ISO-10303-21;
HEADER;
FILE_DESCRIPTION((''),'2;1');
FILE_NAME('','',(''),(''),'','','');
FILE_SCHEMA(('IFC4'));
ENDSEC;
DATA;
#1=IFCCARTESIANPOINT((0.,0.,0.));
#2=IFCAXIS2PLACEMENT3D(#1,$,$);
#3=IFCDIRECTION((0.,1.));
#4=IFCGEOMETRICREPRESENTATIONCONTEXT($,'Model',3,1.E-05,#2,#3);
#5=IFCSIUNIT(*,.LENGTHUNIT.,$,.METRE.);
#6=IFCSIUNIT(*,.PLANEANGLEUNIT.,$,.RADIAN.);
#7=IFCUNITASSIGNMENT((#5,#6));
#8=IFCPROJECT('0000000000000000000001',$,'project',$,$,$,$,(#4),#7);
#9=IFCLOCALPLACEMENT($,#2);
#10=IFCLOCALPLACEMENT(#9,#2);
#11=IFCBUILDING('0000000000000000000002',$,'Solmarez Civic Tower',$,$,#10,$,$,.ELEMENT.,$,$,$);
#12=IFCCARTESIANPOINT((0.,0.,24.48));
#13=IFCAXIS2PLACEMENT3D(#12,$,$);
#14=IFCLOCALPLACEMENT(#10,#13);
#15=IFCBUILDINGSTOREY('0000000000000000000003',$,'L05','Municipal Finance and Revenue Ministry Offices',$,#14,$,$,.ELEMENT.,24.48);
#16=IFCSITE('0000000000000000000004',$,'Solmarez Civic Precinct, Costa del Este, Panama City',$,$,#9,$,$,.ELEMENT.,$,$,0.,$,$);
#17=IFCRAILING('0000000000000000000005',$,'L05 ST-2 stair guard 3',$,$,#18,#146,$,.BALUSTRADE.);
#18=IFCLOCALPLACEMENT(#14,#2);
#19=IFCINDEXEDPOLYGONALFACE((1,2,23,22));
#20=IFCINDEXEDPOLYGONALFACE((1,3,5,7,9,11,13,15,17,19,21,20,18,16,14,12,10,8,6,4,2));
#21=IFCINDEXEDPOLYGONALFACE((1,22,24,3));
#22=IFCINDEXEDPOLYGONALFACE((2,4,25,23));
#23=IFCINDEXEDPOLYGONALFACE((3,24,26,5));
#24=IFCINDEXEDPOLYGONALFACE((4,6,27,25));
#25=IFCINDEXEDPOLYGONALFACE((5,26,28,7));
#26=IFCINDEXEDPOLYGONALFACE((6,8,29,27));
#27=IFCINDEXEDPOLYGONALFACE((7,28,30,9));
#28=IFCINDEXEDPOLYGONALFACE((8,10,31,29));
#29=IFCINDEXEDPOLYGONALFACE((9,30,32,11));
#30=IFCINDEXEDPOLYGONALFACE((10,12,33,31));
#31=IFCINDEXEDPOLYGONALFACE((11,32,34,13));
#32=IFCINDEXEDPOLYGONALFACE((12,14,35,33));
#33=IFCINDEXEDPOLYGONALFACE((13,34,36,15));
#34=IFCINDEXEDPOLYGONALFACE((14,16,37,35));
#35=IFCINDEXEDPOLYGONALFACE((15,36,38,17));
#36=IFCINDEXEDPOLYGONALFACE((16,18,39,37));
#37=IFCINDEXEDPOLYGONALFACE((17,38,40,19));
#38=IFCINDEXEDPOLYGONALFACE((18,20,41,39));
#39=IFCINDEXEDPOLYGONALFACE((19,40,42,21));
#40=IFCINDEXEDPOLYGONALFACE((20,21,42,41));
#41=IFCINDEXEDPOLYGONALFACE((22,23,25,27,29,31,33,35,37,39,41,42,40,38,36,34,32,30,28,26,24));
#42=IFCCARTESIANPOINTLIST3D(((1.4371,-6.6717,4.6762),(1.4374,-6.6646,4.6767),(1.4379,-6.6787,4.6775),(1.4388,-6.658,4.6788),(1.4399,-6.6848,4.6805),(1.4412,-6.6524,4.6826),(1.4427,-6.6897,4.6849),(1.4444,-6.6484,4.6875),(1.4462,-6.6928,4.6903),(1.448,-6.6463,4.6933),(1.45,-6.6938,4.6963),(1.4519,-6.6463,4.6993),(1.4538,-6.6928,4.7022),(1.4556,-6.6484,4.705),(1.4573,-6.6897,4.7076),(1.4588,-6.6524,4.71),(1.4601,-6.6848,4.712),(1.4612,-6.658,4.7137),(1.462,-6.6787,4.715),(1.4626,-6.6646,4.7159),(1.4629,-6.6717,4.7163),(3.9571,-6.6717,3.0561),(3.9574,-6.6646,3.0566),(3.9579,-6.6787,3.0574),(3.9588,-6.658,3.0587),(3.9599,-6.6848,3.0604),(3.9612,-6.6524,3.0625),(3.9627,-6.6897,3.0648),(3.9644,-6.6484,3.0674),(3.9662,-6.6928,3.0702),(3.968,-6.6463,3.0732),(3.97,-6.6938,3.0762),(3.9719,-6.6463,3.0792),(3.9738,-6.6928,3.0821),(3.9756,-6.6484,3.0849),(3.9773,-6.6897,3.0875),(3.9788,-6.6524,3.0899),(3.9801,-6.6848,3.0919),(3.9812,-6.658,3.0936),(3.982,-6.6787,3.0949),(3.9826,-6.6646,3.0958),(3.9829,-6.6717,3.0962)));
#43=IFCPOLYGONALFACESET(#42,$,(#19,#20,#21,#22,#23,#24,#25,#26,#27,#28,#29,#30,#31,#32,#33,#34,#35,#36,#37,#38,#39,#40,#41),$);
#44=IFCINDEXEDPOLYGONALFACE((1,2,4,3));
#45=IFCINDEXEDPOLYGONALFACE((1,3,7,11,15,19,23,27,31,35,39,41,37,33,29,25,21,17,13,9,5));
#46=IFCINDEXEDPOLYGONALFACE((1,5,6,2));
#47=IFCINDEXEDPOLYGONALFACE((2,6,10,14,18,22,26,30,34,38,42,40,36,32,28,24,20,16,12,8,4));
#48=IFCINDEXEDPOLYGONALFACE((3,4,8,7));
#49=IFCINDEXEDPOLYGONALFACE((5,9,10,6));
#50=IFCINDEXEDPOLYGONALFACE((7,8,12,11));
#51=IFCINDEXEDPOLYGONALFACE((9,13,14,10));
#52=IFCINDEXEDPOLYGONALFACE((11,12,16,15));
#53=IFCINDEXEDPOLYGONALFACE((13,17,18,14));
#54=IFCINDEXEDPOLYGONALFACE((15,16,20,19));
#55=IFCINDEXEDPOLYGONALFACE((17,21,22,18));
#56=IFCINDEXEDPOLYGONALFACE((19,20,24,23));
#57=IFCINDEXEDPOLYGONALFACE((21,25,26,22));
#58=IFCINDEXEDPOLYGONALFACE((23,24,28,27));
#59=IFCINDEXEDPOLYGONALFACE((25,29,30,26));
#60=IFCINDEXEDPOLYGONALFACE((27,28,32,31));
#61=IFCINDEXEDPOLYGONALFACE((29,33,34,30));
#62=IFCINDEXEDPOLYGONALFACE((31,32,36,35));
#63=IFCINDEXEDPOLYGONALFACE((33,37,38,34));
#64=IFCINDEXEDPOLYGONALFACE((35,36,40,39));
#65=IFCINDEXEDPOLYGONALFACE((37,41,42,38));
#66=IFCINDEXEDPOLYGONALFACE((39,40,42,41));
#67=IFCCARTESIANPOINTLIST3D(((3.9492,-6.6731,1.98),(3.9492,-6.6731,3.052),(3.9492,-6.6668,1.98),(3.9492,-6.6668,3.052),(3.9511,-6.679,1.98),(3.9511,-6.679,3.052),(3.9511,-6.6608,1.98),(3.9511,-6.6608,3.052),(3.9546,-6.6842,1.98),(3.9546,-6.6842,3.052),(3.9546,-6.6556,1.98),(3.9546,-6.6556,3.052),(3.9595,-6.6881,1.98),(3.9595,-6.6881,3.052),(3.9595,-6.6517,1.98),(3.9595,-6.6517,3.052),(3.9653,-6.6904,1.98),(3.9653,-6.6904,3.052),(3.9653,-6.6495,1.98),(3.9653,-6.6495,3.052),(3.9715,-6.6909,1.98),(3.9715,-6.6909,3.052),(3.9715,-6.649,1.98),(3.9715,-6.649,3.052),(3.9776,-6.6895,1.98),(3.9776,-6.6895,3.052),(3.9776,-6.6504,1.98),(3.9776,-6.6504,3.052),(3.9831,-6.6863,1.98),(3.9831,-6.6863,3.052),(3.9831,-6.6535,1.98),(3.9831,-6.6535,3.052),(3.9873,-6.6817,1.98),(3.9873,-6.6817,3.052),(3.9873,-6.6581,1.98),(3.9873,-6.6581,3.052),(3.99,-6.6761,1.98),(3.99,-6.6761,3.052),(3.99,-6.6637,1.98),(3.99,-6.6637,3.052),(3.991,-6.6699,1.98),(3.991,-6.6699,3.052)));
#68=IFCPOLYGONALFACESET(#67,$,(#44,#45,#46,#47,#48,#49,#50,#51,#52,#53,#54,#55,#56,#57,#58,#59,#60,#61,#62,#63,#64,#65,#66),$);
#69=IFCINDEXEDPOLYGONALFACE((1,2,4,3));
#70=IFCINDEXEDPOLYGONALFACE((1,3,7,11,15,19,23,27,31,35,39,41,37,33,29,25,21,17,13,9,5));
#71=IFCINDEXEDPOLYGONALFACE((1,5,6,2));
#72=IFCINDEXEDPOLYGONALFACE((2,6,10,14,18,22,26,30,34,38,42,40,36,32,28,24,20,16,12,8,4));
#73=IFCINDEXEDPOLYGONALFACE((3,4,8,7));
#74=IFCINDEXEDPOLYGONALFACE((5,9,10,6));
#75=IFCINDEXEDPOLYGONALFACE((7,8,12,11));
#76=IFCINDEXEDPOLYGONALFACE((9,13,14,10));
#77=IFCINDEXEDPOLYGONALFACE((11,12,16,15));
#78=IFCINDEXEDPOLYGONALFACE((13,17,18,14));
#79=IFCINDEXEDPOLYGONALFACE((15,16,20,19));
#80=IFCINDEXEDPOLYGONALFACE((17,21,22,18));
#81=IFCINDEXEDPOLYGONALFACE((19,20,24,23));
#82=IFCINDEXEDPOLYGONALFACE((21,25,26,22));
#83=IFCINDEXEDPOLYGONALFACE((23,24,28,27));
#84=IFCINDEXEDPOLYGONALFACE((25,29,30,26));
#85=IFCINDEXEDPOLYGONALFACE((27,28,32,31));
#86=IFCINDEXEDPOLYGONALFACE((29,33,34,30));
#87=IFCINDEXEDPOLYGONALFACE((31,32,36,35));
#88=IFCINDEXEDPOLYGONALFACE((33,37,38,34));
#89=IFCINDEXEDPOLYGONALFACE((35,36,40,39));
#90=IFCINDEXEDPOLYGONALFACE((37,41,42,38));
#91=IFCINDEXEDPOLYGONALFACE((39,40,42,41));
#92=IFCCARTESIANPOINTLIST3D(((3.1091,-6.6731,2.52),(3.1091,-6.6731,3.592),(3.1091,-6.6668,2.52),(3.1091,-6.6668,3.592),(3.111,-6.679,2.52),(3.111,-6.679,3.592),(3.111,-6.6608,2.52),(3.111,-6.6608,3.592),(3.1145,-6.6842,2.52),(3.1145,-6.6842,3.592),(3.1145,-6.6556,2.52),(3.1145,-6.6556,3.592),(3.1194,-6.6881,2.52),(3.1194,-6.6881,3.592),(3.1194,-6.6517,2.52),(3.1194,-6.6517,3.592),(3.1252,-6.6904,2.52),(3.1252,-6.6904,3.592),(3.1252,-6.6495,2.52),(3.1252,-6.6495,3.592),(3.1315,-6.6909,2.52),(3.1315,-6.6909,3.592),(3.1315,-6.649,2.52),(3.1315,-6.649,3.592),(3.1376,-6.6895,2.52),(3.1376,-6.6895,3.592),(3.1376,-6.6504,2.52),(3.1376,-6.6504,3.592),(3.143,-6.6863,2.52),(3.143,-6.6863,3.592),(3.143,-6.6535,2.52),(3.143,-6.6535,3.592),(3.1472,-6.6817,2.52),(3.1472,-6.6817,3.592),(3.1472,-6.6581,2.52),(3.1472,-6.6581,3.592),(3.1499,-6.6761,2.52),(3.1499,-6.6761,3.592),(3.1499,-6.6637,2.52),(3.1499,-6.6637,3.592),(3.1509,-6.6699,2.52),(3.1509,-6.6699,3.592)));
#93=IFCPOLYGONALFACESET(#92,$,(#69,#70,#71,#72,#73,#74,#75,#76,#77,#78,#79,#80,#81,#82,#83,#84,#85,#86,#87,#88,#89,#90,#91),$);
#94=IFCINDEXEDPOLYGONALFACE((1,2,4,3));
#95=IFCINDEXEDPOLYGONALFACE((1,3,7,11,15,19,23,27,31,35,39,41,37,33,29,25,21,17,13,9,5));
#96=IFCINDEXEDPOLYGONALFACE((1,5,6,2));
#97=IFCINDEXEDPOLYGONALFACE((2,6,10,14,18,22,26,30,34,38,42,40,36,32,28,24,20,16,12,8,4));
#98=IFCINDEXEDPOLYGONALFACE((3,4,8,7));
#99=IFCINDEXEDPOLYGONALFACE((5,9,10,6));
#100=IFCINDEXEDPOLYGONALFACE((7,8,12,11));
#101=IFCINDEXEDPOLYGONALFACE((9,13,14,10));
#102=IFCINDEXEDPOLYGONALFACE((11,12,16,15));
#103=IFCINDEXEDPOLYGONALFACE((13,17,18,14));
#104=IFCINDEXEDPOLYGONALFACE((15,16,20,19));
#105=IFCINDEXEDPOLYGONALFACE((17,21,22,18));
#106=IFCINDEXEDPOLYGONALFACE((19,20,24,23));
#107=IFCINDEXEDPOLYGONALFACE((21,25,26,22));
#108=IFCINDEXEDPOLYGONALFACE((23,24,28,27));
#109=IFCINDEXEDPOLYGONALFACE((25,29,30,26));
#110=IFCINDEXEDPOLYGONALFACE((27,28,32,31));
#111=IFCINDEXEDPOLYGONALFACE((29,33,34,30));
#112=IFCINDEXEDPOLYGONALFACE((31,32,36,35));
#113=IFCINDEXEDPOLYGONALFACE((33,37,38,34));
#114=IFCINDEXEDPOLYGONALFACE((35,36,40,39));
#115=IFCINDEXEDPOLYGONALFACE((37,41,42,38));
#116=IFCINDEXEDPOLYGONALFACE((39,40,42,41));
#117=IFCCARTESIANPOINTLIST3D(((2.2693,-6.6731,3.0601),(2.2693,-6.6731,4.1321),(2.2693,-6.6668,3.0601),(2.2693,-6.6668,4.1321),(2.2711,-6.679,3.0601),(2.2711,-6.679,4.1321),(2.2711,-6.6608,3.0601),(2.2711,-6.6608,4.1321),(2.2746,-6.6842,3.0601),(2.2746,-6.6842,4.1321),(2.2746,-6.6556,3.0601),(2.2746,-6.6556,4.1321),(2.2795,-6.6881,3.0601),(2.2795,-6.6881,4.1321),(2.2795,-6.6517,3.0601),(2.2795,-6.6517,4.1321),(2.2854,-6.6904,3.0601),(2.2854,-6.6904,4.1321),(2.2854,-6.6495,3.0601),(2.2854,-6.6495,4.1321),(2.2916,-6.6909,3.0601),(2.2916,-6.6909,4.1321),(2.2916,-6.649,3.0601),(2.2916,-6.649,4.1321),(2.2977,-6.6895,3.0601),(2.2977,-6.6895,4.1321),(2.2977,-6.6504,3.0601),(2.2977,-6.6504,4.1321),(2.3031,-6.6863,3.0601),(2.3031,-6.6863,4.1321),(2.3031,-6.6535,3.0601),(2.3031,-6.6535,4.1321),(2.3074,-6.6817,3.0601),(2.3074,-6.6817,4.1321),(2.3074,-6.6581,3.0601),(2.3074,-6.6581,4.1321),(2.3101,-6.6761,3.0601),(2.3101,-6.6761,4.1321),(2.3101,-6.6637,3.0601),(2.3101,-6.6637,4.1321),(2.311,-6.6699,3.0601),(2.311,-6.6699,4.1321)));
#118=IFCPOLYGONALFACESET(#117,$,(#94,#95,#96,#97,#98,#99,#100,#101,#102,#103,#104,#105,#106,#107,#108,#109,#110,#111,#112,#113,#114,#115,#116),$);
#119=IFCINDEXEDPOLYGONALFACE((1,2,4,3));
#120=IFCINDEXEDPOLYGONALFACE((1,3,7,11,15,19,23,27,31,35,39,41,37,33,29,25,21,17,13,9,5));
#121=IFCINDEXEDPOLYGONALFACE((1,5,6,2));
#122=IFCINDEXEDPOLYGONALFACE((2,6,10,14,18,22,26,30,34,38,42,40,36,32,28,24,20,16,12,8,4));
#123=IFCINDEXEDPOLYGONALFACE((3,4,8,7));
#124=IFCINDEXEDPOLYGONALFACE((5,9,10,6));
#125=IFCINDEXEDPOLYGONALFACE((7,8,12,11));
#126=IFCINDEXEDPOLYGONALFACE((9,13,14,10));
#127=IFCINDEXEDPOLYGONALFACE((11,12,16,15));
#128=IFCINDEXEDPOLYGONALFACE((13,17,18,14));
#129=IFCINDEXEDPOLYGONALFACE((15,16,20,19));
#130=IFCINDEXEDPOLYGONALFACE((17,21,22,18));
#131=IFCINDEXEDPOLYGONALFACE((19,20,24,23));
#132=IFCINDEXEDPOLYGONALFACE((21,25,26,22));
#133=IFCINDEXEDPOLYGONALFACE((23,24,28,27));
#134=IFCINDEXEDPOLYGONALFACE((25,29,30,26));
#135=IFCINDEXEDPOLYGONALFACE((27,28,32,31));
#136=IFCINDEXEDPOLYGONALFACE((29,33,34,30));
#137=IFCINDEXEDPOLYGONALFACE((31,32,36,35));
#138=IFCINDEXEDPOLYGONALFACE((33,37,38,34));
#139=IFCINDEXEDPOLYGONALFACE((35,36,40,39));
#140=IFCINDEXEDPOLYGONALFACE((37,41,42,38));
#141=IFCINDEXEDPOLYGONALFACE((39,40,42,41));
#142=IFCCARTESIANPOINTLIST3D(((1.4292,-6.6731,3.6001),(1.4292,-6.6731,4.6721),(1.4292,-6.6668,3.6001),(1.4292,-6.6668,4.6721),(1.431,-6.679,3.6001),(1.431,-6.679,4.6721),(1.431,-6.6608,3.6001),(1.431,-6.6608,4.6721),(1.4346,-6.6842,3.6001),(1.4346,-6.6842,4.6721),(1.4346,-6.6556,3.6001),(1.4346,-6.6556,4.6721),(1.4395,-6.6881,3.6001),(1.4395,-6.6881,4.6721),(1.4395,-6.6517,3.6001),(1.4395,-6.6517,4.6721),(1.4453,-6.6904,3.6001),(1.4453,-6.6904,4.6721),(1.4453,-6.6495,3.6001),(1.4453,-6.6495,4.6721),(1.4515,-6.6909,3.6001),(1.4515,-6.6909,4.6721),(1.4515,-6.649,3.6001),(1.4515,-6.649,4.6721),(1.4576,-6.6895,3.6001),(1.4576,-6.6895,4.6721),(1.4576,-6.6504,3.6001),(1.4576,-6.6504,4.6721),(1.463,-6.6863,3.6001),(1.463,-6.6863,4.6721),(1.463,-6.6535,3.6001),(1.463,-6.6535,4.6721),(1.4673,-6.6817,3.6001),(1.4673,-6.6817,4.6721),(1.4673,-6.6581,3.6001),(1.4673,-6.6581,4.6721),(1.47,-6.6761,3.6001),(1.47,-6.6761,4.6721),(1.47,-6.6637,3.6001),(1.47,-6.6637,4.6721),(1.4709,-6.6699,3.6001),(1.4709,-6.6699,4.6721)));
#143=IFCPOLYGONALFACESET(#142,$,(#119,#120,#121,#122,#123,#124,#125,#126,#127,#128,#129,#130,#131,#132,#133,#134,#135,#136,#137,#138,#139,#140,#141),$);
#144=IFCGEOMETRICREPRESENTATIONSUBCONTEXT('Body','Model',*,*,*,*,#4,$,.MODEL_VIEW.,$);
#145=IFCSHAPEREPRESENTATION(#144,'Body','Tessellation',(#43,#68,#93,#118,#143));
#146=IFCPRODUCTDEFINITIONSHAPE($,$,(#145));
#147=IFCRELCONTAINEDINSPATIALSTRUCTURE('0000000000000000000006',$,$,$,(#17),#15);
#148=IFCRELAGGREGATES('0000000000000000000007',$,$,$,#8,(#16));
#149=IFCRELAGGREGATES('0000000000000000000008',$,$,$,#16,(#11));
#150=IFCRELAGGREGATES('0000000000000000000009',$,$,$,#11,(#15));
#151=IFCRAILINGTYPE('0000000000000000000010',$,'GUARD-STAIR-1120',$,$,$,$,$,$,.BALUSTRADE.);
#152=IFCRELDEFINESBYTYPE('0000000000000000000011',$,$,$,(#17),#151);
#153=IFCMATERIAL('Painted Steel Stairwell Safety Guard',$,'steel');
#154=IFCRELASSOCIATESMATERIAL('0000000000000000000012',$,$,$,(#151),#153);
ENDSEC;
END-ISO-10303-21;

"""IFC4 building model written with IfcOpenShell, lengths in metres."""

from ifc_helpers import new_model, si_unit, direction, frame, origin, origin_2d, place, context, subcontext, project, spatial, circle, extrude, material, type_object, element, save


model = new_model("IFC4")

# Units and contexts
model_context = context("Model", 3, precision=1e-05, world=origin(), true_north=direction((0.0, 1.0)))
body_context = subcontext(model_context, "Body", "Model", "MODEL_VIEW")
ifc_project = project(units=[si_unit("LENGTHUNIT", "METRE"), si_unit("PLANEANGLEUNIT", "RADIAN")], contexts=[model_context])

# Site, building, storey
site_placement = place(None, origin())
site = spatial("IfcSite", under=ifc_project, at=site_placement, Name="Solmarez Civic Precinct, Costa del Este, Panama City", CompositionType="ELEMENT", RefElevation=0.0)
building_placement = place(site_placement, origin())
building = spatial("IfcBuilding", under=site, at=building_placement, Name="Solmarez Civic Tower", CompositionType="ELEMENT")
storey_placement = place(building_placement, frame((0.0, 0.0, 24.48)))
storey = spatial("IfcBuildingStorey", under=building, at=storey_placement, Name="L05", Description="Municipal Finance and Revenue Ministry Offices", CompositionType="ELEMENT", Elevation=24.48)

# Railing
ifc_material_1 = material(Name="Painted Steel Stairwell Safety Guard", Category="steel")
railing_type_1 = type_object("IfcRailingType", Name="GUARD-STAIR-1120", PredefinedType="BALUSTRADE", material=ifc_material_1)
railing_1_placement = place(storey_placement, frame((3.97, -6.6699, 1.98)))
element("IfcRailing", 1, at=railing_1_placement, inside=storey, type_object=railing_type_1, Name="L05 ST-2 stair guard 3", PredefinedType="BALUSTRADE", context=body_context, shape_type="SweptSolid", body=[
    extrude(circle(Radius=0.0239, at=origin_2d()), frame((0.0, 0.0, 1.0962), z_axis=(-0.841163, 0.0, 0.540782), x_axis=(0.0, -1.0, 0.0)), (0.0, 0.0, 1.0), 2.9958),
    extrude(circle(Radius=0.021, at=origin_2d()), origin(), (0.0, 0.0, 1.0), 1.072),
    extrude(circle(Radius=0.021, at=origin_2d()), frame((-0.8401, 0.0, 0.54)), (0.0, 0.0, 1.0), 1.072),
    extrude(circle(Radius=0.021, at=origin_2d()), frame((-1.6799, 0.0, 1.0801)), (0.0, 0.0, 1.0), 1.072),
    extrude(circle(Radius=0.021, at=origin_2d()), frame((-2.52, 0.0, 1.6201)), (0.0, 0.0, 1.0), 1.072),
])

save(model, "model.ifc")
